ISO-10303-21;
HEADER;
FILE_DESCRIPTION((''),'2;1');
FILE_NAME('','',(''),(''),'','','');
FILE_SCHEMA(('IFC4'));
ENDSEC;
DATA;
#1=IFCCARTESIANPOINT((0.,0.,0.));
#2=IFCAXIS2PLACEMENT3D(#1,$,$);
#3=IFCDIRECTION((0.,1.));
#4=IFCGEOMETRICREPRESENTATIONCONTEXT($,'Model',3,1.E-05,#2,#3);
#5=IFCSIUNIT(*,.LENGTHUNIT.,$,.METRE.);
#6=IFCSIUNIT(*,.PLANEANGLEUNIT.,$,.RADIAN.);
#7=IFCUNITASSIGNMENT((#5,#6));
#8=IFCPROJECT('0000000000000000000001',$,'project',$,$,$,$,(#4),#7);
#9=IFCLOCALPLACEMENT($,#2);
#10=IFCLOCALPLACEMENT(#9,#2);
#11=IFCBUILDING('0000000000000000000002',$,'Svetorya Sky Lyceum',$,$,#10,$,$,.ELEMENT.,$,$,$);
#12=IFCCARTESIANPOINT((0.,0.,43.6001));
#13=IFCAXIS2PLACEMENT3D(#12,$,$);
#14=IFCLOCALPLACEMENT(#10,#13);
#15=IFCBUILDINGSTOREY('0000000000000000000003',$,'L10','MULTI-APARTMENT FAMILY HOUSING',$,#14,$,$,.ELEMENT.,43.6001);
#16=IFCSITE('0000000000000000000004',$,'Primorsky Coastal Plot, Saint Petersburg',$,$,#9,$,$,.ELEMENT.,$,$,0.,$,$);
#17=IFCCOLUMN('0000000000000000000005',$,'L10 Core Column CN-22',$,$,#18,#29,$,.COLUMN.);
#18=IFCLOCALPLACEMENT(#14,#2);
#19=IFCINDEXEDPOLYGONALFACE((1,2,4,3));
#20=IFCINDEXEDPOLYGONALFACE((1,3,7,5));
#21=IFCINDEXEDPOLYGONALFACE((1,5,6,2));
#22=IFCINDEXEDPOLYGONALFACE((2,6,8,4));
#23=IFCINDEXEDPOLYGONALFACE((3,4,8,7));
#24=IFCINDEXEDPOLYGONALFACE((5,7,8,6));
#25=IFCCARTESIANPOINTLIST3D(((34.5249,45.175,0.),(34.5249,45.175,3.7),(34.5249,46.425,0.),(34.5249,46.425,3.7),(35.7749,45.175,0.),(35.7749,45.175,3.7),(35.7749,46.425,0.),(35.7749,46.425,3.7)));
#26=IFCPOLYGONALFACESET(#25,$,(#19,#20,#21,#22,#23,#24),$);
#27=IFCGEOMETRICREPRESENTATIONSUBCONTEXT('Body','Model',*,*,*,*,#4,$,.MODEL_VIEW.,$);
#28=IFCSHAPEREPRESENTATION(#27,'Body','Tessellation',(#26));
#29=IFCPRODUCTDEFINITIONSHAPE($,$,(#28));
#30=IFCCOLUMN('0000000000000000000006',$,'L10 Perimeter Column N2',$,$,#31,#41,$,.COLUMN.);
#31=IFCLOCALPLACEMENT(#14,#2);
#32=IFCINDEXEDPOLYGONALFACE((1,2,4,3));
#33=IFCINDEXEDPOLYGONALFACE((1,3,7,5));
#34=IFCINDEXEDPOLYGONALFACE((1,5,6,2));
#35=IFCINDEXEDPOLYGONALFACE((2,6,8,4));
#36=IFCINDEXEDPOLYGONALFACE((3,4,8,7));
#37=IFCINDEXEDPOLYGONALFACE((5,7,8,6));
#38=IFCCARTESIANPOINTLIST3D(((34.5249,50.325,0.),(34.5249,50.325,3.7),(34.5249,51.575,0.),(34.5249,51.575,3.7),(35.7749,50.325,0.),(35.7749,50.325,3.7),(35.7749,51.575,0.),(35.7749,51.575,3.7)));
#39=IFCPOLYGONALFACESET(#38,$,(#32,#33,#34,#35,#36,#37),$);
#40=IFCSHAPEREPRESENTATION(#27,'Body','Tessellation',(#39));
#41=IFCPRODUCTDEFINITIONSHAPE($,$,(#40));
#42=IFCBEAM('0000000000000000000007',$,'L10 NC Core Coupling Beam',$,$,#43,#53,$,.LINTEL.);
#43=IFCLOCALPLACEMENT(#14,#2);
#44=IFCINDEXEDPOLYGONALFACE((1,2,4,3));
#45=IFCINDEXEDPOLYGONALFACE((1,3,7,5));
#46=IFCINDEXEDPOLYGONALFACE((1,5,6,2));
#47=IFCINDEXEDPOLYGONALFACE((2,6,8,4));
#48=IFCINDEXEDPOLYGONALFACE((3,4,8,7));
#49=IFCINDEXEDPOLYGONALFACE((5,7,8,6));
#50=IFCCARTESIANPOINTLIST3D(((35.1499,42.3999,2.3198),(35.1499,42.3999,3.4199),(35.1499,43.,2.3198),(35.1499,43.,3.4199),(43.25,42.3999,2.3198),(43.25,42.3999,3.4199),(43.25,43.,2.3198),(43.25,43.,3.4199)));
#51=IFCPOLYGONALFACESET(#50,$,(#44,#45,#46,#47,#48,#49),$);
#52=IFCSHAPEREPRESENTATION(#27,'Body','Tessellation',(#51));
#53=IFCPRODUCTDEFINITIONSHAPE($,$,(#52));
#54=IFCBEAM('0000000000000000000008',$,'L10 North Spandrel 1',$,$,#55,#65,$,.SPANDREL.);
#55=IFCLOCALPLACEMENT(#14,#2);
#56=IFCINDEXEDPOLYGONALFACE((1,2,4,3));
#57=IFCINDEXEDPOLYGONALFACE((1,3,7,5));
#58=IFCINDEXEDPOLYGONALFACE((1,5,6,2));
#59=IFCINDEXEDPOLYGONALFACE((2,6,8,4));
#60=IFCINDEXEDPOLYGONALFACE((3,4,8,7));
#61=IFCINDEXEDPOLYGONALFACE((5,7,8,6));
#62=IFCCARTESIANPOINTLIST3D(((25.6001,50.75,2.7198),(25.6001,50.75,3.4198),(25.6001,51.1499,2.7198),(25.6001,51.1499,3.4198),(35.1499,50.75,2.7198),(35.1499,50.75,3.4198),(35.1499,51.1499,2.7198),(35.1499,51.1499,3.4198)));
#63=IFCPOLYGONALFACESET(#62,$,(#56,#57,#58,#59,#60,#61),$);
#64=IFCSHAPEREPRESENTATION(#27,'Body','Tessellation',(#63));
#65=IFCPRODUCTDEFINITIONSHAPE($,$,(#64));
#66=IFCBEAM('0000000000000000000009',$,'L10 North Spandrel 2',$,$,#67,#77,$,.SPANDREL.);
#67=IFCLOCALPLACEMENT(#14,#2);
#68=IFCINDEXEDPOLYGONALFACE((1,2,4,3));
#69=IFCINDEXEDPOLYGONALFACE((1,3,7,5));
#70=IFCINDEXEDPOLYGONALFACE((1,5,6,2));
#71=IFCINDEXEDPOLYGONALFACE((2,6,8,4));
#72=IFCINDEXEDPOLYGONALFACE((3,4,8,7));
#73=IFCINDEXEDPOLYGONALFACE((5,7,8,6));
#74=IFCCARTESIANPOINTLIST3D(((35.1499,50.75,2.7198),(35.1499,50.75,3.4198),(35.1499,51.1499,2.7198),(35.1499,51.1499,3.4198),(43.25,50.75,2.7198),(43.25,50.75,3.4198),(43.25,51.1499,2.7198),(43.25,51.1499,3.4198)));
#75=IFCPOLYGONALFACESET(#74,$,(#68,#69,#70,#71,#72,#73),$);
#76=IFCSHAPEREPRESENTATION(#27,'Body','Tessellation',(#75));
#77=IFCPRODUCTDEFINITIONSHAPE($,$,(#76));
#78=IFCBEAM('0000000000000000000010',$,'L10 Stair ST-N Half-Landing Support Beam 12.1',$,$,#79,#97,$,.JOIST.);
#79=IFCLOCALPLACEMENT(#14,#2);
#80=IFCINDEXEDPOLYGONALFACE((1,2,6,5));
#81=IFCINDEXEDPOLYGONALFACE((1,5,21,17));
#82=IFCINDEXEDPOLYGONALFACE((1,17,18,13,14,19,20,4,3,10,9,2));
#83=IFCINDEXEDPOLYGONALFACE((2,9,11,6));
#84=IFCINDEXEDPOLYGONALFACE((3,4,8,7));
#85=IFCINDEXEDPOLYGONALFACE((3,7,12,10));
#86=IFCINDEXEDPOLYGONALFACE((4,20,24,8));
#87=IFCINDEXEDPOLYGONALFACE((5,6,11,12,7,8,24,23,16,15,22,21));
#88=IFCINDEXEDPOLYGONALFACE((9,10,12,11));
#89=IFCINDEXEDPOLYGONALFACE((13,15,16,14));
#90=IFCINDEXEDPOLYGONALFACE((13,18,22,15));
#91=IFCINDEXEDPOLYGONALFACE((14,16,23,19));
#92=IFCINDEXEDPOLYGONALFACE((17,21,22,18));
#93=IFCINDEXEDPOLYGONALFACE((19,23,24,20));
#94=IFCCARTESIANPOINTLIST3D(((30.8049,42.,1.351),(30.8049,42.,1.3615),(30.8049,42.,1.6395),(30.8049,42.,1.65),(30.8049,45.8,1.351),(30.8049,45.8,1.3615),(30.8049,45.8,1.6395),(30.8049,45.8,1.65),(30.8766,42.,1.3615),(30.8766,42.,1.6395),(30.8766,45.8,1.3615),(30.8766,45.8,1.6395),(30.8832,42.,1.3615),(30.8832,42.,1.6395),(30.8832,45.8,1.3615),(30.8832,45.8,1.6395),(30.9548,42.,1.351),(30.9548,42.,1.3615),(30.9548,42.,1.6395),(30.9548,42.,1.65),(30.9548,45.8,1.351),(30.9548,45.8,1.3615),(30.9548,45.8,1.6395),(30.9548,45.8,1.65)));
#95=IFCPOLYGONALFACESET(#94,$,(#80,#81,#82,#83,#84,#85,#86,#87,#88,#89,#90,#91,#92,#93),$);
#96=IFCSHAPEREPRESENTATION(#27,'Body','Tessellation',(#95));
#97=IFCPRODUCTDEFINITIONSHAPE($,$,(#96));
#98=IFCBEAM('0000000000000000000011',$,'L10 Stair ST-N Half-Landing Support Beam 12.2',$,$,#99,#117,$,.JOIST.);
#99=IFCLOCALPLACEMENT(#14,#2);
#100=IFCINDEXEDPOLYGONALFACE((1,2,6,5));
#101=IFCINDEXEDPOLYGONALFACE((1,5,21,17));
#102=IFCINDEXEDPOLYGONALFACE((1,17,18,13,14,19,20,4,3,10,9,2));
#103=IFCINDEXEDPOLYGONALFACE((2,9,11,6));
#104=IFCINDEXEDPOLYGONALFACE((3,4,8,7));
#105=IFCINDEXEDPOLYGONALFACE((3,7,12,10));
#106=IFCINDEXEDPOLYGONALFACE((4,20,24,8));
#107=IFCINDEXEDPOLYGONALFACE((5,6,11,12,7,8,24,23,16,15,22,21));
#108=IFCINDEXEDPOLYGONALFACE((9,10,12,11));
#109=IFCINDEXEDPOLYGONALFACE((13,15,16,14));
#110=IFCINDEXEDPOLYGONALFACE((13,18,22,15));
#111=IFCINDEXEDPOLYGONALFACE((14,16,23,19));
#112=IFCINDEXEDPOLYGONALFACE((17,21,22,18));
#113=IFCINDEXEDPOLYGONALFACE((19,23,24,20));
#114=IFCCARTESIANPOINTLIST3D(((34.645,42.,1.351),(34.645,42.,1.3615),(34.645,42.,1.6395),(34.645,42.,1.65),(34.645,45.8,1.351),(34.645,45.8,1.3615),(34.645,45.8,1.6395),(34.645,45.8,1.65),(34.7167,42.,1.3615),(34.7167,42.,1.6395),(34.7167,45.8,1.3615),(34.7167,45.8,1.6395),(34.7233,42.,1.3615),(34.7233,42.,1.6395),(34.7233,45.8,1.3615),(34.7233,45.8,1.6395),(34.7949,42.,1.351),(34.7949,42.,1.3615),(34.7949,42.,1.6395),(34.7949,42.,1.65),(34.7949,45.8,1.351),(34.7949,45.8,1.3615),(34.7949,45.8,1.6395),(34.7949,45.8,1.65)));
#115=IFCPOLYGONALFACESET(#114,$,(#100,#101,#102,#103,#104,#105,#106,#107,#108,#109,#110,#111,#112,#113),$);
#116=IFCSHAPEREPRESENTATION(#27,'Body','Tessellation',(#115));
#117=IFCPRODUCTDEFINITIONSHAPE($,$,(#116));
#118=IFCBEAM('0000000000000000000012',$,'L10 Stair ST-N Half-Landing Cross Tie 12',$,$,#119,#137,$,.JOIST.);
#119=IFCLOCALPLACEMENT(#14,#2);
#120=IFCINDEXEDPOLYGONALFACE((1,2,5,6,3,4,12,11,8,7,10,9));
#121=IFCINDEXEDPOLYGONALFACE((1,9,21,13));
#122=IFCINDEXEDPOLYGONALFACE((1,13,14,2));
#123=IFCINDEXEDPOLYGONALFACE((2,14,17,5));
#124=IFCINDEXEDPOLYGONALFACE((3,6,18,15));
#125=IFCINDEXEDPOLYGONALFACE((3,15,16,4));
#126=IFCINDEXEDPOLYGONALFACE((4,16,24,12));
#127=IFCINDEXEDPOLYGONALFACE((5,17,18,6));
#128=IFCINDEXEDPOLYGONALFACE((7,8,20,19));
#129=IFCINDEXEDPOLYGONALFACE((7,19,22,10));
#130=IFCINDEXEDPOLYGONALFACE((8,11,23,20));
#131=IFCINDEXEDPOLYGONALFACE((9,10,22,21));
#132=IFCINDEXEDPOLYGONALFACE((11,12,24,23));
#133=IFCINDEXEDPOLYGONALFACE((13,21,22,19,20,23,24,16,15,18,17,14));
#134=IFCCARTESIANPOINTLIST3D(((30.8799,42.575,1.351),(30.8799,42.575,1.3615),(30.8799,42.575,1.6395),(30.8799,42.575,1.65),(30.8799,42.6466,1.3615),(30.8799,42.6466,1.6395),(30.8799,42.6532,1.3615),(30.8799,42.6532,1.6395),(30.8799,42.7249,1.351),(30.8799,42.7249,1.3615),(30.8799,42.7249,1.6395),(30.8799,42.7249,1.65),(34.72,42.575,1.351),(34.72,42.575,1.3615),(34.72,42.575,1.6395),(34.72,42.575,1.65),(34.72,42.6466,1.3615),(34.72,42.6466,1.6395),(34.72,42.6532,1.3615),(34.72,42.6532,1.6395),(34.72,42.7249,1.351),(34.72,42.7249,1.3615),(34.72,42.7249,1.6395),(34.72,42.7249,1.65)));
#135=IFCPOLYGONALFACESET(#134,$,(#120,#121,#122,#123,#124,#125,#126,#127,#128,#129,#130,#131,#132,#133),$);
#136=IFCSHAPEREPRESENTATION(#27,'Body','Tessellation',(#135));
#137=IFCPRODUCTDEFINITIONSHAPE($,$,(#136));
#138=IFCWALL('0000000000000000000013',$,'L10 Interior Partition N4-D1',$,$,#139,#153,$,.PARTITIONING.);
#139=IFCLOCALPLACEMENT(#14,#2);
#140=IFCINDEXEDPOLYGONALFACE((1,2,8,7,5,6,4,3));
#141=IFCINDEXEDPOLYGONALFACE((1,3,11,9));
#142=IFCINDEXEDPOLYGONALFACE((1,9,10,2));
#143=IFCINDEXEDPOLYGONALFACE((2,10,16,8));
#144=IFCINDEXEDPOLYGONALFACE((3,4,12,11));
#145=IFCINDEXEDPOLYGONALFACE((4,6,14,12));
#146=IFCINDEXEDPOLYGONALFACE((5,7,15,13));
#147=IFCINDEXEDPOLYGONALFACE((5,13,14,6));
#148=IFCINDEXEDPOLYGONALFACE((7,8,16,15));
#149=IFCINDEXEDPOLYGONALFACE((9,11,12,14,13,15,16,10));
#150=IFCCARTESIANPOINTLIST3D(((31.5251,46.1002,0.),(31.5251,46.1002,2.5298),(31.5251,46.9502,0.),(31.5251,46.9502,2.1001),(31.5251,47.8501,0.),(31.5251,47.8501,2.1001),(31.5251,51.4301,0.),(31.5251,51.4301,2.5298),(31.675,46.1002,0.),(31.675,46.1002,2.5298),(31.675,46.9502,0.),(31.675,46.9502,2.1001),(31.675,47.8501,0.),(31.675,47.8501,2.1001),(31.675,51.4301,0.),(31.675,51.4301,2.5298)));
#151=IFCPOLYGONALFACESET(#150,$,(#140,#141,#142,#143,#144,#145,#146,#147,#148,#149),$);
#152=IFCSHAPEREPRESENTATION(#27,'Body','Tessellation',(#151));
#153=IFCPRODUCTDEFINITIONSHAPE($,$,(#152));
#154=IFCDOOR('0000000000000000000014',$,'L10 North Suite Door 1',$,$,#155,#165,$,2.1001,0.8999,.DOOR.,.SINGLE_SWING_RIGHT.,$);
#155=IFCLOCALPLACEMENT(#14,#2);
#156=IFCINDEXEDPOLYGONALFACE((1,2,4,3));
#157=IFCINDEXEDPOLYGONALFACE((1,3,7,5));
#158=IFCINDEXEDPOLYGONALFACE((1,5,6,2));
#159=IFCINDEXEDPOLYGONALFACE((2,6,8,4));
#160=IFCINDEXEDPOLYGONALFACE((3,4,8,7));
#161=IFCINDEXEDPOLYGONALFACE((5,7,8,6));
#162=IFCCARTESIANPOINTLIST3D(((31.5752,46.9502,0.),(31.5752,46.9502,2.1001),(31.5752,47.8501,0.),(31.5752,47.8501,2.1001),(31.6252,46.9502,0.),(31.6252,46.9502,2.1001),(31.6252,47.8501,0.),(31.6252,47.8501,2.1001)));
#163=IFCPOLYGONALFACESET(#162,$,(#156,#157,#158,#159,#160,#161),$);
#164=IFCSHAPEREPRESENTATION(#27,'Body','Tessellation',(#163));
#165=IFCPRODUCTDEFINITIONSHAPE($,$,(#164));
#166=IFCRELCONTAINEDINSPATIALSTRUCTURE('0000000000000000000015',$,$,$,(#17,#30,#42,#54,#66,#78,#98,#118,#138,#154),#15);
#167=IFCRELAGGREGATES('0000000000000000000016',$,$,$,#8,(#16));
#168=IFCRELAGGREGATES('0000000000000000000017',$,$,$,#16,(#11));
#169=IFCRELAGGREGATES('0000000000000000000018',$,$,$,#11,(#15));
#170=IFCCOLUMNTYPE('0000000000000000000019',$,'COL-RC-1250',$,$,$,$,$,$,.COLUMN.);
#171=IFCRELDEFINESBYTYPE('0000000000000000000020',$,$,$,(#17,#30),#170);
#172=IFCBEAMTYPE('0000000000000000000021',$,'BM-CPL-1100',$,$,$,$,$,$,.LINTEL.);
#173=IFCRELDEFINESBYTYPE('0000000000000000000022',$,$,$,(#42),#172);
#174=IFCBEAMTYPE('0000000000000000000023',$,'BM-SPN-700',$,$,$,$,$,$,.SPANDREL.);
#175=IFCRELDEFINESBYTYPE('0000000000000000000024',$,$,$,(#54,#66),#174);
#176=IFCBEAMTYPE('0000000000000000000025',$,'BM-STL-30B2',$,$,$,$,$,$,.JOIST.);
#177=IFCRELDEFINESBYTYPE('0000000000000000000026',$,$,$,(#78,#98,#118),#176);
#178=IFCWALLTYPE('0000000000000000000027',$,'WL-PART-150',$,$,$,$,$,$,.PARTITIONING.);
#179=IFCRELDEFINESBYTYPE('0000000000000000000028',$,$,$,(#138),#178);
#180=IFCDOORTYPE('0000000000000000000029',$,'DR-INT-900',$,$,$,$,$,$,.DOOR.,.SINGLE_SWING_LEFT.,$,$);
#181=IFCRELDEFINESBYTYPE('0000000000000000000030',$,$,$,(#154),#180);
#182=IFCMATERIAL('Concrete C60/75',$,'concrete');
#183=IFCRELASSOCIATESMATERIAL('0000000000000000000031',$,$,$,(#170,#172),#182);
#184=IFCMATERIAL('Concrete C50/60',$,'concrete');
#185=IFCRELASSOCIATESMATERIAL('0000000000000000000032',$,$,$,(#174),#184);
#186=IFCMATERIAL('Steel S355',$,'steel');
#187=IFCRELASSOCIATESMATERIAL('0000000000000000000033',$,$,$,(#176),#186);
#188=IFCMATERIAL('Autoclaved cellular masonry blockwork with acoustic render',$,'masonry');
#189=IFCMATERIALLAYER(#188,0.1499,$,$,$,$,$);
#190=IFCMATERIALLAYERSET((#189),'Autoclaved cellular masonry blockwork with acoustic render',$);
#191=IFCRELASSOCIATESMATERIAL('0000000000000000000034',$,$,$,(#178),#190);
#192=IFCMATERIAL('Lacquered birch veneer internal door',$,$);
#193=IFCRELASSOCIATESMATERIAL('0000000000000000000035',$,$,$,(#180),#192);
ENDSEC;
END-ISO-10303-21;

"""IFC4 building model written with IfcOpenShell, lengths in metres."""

from ifc_helpers import new_model, si_unit, direction, frame, frame_2d, origin, origin_2d, place, context, subcontext, project, spatial, rectangle, i_section, extrude, material, layer, layer_set, material_profile, profile_set, type_object, element, fill, save


model = new_model("IFC4")

# Units and contexts
model_context = context("Model", 3, precision=1e-05, world=origin(), true_north=direction((0.0, 1.0)))
body_context = subcontext(model_context, "Body", "Model", "MODEL_VIEW")
ifc_project = project(units=[si_unit("LENGTHUNIT", "METRE"), si_unit("PLANEANGLEUNIT", "RADIAN")], contexts=[model_context])

# Site, building, storey
site_placement = place(None, origin())
site = spatial("IfcSite", under=ifc_project, at=site_placement, Name="Primorsky Coastal Plot, Saint Petersburg", CompositionType="ELEMENT", RefElevation=0.0)
building_placement = place(site_placement, origin())
building = spatial("IfcBuilding", under=site, at=building_placement, Name="Svetorya Sky Lyceum", CompositionType="ELEMENT")
storey_placement = place(building_placement, frame((0.0, 0.0, 43.6001)))
storey = spatial("IfcBuildingStorey", under=building, at=storey_placement, Name="L10", Description="MULTI-APARTMENT FAMILY HOUSING", CompositionType="ELEMENT", Elevation=43.6001)

# Columns
ifc_material_1 = material(Name="Concrete C60/75", Category="concrete")
ifc_material_profile_1 = material_profile(ifc_material_1, rectangle(XDim=1.25, YDim=1.25, at=origin_2d()), Name="RC COL 1250x1250")
ifc_profile_set_1 = profile_set([ifc_material_profile_1], Name="Concrete C60/75")
column_type = type_object("IfcColumnType", Name="COL-RC-1250", PredefinedType="COLUMN", material=ifc_profile_set_1)
for number, where, z_axis, x_axis, name in (
    (1, (35.1499, 45.8, 0.0), (0.0, 0.0, 1.0), (1.0, 0.0, 0.0), "L10 Core Column CN-22"),
    (2, (35.1499, 50.95, 0.0), (0.0, 0.0, 1.0), (1.0, 0.0, 0.0), "L10 Perimeter Column N2"),
):
    element("IfcColumn", number, at=place(storey_placement, frame(where, z_axis=z_axis, x_axis=x_axis)), inside=storey, type_object=column_type, Name=name, PredefinedType="COLUMN", context=body_context, shape_type="SweptSolid", body=[
        extrude(rectangle(XDim=1.25, YDim=1.25, at=origin_2d()), origin(), (0.0, 0.0, 1.0), 3.7),
    ])

# Beams
ifc_material_profile_2 = material_profile(ifc_material_1, rectangle(XDim=0.6001, YDim=1.1001, at=origin_2d()), Name="RC COUPLING 600x1100")
ifc_profile_set_2 = profile_set([ifc_material_profile_2], Name="Concrete C60/75")
beam_type_1 = type_object("IfcBeamType", Name="BM-CPL-1100", PredefinedType="LINTEL", material=ifc_profile_set_2)
beam_1_placement = place(storey_placement, frame((35.1499, 42.7, 2.8699), z_axis=(1.0, 0.0, 0.0), x_axis=(0.0, 1.0, 0.0)))
element("IfcBeam", 3, at=beam_1_placement, inside=storey, type_object=beam_type_1, Name="L10 NC Core Coupling Beam", PredefinedType="LINTEL", context=body_context, shape_type="SweptSolid", body=[
    extrude(rectangle(XDim=0.6001, YDim=1.1001, at=origin_2d()), origin(), (0.0, 0.0, 1.0), 8.1001),
])
ifc_material_2 = material(Name="Concrete C50/60", Category="concrete")
ifc_material_profile_3 = material_profile(ifc_material_2, rectangle(XDim=0.3999, YDim=0.7, at=origin_2d()), Name="RC SPANDREL 400x700")
ifc_profile_set_3 = profile_set([ifc_material_profile_3], Name="Concrete C50/60")
beam_type_2 = type_object("IfcBeamType", Name="BM-SPN-700", PredefinedType="SPANDREL", material=ifc_profile_set_3)
beam_2_placement = place(storey_placement, frame((25.6001, 50.95, 3.0698), z_axis=(1.0, 0.0, 0.0), x_axis=(0.0, 1.0, 0.0)))
element("IfcBeam", 4, at=beam_2_placement, inside=storey, type_object=beam_type_2, Name="L10 North Spandrel 1", PredefinedType="SPANDREL", context=body_context, shape_type="SweptSolid", body=[
    extrude(rectangle(XDim=0.3999, YDim=0.7, at=origin_2d()), origin(), (0.0, 0.0, 1.0), 9.5498),
])
beam_3_placement = place(storey_placement, frame((35.1499, 50.95, 3.0698), z_axis=(1.0, 0.0, 0.0), x_axis=(0.0, 1.0, 0.0)))
element("IfcBeam", 5, at=beam_3_placement, inside=storey, type_object=beam_type_2, Name="L10 North Spandrel 2", PredefinedType="SPANDREL", context=body_context, shape_type="SweptSolid", body=[
    extrude(rectangle(XDim=0.3999, YDim=0.7, at=origin_2d()), origin(), (0.0, 0.0, 1.0), 8.1001),
])
ifc_material_3 = material(Name="Steel S355", Category="steel")
ifc_material_profile_4 = material_profile(ifc_material_3, i_section(OverallWidth=0.1499, OverallDepth=0.2991, WebThickness=0.0066, FlangeThickness=0.0105, at=origin_2d()), Name="GOST 30B2")
ifc_profile_set_4 = profile_set([ifc_material_profile_4], Name="Steel S355")
beam_type_3 = type_object("IfcBeamType", Name="BM-STL-30B2", PredefinedType="JOIST", material=ifc_profile_set_4)
for number, where, z_axis, x_axis, name in (
    (6, (30.8799, 42.0, 1.5005), (0.0, 1.0, 0.0), (-1.0, 0.0, 0.0), "L10 Stair ST-N Half-Landing Support Beam 12.1"),
    (7, (34.72, 42.0, 1.5005), (0.0, 1.0, 0.0), (-1.0, 0.0, 0.0), "L10 Stair ST-N Half-Landing Support Beam 12.2"),
):
    element("IfcBeam", number, at=place(storey_placement, frame(where, z_axis=z_axis, x_axis=x_axis)), inside=storey, type_object=beam_type_3, Name=name, PredefinedType="JOIST", context=body_context, shape_type="SweptSolid", body=[
        extrude(i_section(OverallWidth=0.1499, OverallDepth=0.2991, WebThickness=0.0066, FlangeThickness=0.0105, at=origin_2d()), origin(), (0.0, 0.0, 1.0), 3.8),
    ])
beam_4_placement = place(storey_placement, frame((30.8799, 42.6499, 1.5005), z_axis=(1.0, 0.0, 0.0), x_axis=(0.0, 1.0, 0.0)))
element("IfcBeam", 8, at=beam_4_placement, inside=storey, type_object=beam_type_3, Name="L10 Stair ST-N Half-Landing Cross Tie 12", PredefinedType="JOIST", context=body_context, shape_type="SweptSolid", body=[
    extrude(i_section(OverallWidth=0.1499, OverallDepth=0.2991, WebThickness=0.0066, FlangeThickness=0.0105, at=origin_2d()), origin(), (0.0, 0.0, 1.0), 3.8401),
])

# Wall, opening, door
ifc_material_4 = material(Name="Autoclaved cellular masonry blockwork with acoustic render", Category="masonry")
ifc_layer = layer(ifc_material_4, 0.1499)
ifc_layer_set = layer_set([ifc_layer], Name="Autoclaved cellular masonry blockwork with acoustic render")
wall_type = type_object("IfcWallType", Name="WL-PART-150", PredefinedType="PARTITIONING", material=ifc_layer_set)
wall_placement = place(storey_placement, frame((31.6001, 46.1001, 0.0), z_axis=(0.0, 0.0, 1.0), x_axis=(0.0, 1.0, 0.0)))
wall = element("IfcWall", 9, at=wall_placement, inside=storey, type_object=wall_type, Name="L10 Interior Partition N4-D1", PredefinedType="PARTITIONING", context=body_context, shape_type="SweptSolid", body=[
    extrude(rectangle(XDim=5.3298, YDim=0.1499, at=frame_2d((2.665, 0.0))), origin(), (0.0, 0.0, 1.0), 2.5298),
])
opening_placement = place(wall_placement, frame((0.8501, 0.0, 0.0)))
opening = element("IfcOpeningElement", 10, at=opening_placement, cuts=wall, PredefinedType="OPENING", context=body_context, shape_type="SweptSolid", body=[
    extrude(rectangle(XDim=0.8999, YDim=2.1001, at=frame_2d((0.45, 1.05))), frame((0.0, 0.085, 0.0), z_axis=(0.0, -1.0, 0.0), x_axis=(1.0, 0.0, 0.0)), (0.0, 0.0, 1.0), 0.1699),
])
ifc_material_5 = material(Name="Lacquered birch veneer internal door")
door_type = type_object("IfcDoorType", Name="DR-INT-900", OperationType="SINGLE_SWING_LEFT", PredefinedType="DOOR", material=ifc_material_5)
door_placement = place(opening_placement, origin())
door = element("IfcDoor", 11, at=door_placement, inside=storey, type_object=door_type, Name="L10 North Suite Door 1", OperationType="SINGLE_SWING_RIGHT", OverallHeight=2.1001, OverallWidth=0.8999, PredefinedType="DOOR", context=body_context, shape_type="SweptSolid", body=[
    extrude(rectangle(XDim=0.8999, YDim=2.1001, at=frame_2d((0.45, 1.05))), frame((0.0, 0.0249, 0.0), z_axis=(0.0, -1.0, 0.0), x_axis=(1.0, 0.0, 0.0)), (0.0, 0.0, 1.0), 0.05),
])
fill(opening, door)

save(model, "model.ifc")
